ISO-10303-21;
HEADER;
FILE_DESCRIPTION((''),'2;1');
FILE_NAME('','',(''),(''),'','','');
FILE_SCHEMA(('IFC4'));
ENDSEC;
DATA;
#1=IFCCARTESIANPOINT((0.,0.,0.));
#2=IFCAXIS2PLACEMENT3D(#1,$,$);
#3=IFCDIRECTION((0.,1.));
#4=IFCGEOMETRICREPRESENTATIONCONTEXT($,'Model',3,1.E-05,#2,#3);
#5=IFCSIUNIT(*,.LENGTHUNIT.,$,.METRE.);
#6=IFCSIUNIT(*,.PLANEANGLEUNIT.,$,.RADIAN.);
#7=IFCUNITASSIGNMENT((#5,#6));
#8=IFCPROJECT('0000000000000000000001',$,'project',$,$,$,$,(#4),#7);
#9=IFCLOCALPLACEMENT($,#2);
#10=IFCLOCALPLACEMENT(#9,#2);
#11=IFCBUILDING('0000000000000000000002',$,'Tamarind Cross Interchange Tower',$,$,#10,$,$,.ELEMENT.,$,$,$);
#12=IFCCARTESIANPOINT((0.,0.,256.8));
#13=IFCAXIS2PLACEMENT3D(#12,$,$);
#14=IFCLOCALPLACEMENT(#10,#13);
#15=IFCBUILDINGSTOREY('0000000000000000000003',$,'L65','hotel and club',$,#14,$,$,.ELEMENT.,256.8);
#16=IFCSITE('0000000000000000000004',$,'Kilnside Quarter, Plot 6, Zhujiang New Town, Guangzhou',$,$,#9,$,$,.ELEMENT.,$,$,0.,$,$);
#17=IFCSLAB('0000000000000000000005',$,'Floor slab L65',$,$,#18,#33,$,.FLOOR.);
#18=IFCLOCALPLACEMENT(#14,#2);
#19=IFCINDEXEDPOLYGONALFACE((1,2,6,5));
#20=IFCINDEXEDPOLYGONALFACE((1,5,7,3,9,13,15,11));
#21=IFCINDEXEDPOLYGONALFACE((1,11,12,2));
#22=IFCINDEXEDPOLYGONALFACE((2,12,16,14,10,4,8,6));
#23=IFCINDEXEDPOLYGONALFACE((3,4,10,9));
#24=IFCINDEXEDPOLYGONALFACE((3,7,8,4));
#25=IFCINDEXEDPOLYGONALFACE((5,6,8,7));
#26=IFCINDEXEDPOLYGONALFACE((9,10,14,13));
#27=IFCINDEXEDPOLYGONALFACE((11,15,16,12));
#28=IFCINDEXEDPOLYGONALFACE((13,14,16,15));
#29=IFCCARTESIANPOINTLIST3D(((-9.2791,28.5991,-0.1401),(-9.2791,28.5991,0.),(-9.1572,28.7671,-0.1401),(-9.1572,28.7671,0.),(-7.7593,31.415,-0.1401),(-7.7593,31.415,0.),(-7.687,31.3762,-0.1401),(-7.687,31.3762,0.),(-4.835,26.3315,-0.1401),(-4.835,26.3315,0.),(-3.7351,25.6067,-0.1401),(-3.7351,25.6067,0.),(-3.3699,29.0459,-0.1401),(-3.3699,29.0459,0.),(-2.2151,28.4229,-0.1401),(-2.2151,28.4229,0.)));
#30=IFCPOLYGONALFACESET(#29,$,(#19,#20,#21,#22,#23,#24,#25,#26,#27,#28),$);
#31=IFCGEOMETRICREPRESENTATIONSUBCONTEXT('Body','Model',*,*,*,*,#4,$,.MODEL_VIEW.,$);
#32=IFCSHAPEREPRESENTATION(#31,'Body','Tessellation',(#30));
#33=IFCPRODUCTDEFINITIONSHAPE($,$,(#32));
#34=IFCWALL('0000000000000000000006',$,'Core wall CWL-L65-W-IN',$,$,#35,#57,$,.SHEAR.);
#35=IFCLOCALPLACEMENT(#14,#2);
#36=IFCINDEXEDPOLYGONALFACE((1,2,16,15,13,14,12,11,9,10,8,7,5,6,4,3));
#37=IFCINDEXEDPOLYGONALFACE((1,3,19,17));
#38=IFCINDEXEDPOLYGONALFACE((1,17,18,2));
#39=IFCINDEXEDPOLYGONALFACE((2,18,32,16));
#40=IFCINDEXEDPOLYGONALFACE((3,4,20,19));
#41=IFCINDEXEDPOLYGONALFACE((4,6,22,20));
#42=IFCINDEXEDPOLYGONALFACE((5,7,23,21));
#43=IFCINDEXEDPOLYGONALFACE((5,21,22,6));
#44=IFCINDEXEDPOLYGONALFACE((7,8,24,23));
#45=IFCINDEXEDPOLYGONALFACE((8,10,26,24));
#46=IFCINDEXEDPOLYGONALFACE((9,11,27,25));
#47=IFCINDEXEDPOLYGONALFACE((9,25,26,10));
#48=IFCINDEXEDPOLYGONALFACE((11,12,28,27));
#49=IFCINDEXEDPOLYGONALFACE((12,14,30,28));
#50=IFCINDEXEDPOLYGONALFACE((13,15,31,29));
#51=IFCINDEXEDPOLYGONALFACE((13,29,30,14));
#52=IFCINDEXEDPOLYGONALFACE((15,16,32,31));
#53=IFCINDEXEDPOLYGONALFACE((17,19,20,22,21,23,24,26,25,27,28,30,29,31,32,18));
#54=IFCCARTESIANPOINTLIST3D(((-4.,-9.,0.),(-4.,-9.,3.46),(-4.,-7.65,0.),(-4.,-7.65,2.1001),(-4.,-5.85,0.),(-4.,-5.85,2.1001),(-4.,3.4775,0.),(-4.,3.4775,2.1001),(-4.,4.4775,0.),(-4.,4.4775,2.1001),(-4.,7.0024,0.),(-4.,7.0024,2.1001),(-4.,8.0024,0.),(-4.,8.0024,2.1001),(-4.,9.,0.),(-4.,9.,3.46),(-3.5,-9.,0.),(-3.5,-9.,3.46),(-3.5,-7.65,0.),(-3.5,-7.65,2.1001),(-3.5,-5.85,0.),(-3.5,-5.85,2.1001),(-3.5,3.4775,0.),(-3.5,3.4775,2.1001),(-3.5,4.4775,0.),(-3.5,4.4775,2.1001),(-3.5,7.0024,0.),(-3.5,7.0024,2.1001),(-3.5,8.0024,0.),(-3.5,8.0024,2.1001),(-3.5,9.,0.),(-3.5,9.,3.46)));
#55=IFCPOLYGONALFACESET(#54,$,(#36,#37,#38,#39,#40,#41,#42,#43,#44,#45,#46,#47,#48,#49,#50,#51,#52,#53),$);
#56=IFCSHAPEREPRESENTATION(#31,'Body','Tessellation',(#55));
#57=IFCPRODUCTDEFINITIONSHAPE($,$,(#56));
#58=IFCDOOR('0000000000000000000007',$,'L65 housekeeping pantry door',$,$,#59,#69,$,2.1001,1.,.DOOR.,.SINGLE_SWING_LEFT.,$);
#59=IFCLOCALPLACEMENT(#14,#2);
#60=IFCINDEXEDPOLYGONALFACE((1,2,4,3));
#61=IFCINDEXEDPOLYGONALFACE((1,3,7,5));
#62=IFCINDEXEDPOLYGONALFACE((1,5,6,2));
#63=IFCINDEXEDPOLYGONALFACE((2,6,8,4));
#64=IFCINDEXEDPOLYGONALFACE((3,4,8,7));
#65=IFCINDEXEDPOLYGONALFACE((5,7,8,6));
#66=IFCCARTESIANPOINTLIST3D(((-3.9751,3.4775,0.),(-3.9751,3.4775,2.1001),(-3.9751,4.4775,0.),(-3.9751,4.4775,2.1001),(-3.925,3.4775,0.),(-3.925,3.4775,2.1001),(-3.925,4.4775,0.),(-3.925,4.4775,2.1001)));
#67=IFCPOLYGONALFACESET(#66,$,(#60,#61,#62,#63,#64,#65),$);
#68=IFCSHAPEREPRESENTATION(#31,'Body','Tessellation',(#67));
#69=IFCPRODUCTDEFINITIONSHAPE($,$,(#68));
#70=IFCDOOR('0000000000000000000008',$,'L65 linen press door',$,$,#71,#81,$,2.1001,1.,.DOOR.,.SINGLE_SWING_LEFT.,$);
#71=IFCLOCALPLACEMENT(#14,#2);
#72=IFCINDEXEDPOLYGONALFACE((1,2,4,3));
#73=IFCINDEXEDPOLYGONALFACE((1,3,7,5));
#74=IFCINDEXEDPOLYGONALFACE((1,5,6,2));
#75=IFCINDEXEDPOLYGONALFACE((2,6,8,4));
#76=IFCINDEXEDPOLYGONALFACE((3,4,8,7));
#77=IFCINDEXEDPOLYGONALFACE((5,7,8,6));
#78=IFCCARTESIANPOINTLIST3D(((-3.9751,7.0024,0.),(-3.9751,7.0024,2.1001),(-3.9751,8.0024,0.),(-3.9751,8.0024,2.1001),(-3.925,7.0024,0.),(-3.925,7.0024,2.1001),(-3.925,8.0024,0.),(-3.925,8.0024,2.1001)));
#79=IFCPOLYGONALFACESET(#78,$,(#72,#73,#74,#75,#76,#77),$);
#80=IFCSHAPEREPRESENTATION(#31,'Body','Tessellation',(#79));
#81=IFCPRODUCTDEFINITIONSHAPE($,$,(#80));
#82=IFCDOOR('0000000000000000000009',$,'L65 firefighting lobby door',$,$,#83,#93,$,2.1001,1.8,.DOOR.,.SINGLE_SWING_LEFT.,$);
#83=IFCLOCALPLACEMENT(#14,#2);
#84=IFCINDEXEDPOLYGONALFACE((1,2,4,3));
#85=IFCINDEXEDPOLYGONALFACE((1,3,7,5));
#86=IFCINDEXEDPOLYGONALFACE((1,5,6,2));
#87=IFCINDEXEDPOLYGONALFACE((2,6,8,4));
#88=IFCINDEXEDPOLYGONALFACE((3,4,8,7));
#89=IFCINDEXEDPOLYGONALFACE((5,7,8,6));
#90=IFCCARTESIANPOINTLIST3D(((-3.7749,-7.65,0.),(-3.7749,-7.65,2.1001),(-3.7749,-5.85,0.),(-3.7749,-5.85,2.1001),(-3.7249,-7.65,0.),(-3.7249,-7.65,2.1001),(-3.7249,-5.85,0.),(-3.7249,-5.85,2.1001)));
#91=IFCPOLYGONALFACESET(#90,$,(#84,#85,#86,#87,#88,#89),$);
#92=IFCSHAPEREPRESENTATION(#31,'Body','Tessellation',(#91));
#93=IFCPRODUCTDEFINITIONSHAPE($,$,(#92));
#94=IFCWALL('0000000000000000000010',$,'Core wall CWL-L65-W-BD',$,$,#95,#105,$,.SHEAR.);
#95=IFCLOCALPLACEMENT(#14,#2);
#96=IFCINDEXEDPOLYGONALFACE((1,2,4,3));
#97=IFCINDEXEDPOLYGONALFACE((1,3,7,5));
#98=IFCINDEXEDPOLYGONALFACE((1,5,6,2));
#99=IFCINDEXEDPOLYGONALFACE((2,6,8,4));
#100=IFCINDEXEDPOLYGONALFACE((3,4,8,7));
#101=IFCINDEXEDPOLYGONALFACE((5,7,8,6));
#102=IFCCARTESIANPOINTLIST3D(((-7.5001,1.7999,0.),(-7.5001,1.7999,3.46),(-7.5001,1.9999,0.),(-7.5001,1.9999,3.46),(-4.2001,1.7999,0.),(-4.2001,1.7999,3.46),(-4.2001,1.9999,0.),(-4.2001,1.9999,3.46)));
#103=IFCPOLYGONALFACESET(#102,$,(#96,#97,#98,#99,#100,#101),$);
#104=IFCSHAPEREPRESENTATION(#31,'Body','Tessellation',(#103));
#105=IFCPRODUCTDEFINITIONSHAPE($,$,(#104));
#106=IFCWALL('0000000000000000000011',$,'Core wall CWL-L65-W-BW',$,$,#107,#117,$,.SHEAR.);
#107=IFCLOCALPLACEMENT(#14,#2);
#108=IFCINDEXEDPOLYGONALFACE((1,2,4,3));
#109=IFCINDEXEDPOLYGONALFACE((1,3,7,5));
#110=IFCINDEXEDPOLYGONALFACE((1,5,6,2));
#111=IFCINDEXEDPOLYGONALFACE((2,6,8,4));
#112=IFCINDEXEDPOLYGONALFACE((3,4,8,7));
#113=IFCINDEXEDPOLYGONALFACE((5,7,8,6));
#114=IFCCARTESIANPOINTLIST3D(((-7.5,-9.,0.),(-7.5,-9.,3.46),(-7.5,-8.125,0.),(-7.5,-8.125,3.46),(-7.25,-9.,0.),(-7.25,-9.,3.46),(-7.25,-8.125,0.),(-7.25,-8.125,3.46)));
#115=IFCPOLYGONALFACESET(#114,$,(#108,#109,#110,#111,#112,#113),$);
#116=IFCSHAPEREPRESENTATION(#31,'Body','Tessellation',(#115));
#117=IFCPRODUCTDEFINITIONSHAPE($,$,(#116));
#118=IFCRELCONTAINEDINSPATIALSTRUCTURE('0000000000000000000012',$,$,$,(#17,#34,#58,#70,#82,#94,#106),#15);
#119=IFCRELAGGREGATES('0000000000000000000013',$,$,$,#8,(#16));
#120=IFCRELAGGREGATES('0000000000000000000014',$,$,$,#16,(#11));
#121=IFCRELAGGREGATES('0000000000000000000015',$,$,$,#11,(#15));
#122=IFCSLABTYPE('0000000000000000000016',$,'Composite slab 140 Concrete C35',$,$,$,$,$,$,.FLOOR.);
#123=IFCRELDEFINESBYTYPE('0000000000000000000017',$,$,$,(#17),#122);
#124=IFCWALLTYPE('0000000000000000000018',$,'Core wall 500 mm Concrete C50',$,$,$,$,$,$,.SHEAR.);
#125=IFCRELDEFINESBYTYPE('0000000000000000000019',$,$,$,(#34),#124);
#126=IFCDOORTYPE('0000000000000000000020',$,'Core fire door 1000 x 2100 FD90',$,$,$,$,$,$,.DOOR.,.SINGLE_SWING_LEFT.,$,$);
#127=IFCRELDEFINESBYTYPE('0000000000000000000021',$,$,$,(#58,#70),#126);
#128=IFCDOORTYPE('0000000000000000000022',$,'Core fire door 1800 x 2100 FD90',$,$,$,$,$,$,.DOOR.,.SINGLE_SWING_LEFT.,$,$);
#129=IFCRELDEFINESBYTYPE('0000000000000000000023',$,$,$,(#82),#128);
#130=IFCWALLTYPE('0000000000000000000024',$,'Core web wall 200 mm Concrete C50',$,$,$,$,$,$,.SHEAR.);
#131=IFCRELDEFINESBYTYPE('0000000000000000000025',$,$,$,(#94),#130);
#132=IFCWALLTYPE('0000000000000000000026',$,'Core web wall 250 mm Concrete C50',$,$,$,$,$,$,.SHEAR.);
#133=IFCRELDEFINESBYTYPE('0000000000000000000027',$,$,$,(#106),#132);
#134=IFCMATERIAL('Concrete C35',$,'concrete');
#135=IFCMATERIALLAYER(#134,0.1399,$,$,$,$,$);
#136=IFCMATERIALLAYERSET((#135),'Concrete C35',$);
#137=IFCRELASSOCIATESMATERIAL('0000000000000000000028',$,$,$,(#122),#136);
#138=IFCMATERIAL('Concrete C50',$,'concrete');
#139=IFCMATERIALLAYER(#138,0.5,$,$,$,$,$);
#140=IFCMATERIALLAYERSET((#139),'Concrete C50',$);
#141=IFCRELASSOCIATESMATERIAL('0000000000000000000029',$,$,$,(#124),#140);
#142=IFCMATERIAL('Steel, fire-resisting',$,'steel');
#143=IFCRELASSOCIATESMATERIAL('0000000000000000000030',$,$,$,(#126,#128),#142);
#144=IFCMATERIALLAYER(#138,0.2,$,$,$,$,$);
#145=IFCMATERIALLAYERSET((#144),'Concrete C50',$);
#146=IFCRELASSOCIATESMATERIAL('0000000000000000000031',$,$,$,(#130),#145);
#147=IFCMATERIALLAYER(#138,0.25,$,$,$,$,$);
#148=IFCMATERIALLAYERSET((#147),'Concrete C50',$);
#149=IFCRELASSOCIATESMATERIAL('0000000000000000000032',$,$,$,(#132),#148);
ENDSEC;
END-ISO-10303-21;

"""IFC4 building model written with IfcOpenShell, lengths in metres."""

from ifc_helpers import new_model, si_unit, direction, frame, frame_2d, origin, place, context, subcontext, project, spatial, polyline, rectangle, outline, extrude, material, layer, layer_set, type_object, element, fill, save


model = new_model("IFC4")

# Units and contexts
model_context = context("Model", 3, precision=1e-05, world=origin(), true_north=direction((0.0, 1.0)))
body_context = subcontext(model_context, "Body", "Model", "MODEL_VIEW")
ifc_project = project(units=[si_unit("LENGTHUNIT", "METRE"), si_unit("PLANEANGLEUNIT", "RADIAN")], contexts=[model_context])

# Site, building, storey
site_placement = place(None, origin())
site = spatial("IfcSite", under=ifc_project, at=site_placement, Name="Kilnside Quarter, Plot 6, Zhujiang New Town, Guangzhou", CompositionType="ELEMENT", RefElevation=0.0)
building_placement = place(site_placement, origin())
building = spatial("IfcBuilding", under=site, at=building_placement, Name="Tamarind Cross Interchange Tower", CompositionType="ELEMENT")
storey_placement = place(building_placement, frame((0.0, 0.0, 256.8)))
storey = spatial("IfcBuildingStorey", under=building, at=storey_placement, Name="L65", Description="hotel and club", CompositionType="ELEMENT", Elevation=256.8)

# Slab
ifc_material_1 = material(Name="Concrete C35", Category="concrete")
ifc_layer_1 = layer(ifc_material_1, 0.1399)
ifc_layer_set_1 = layer_set([ifc_layer_1], Name="Concrete C35")
slab_type = type_object("IfcSlabType", Name="Composite slab 140 Concrete C35", PredefinedType="FLOOR", material=ifc_layer_set_1)
slab_1_placement = place(storey_placement, frame((0.0, 0.0, -0.1401)))
element("IfcSlab", 1, at=slab_1_placement, inside=storey, type_object=slab_type, Name="Floor slab L65", PredefinedType="FLOOR", context=body_context, shape_type="SweptSolid", body=[
    extrude(outline(polyline([(-3.7351, 25.6067), (-2.2151, 28.4229), (-3.3699, 29.0459), (-4.835, 26.3315), (-9.1572, 28.7671), (-7.687, 31.3762), (-7.7593, 31.415), (-9.2791, 28.5991), (-3.7351, 25.6067)])), origin(), (0.0, 0.0, 1.0), 0.1401),
])

# Wall, openings, doors
ifc_material_2 = material(Name="Concrete C50", Category="concrete")
ifc_layer_2 = layer(ifc_material_2, 0.5)
ifc_layer_set_2 = layer_set([ifc_layer_2], Name="Concrete C50")
wall_type_1 = type_object("IfcWallType", Name="Core wall 500 mm Concrete C50", PredefinedType="SHEAR", material=ifc_layer_set_2)
wall_1_placement = place(storey_placement, frame((-3.75, -9.0, 0.0), z_axis=(0.0, 0.0, 1.0), x_axis=(0.0, 1.0, 0.0)))
wall_1 = element("IfcWall", 2, at=wall_1_placement, inside=storey, type_object=wall_type_1, Name="Core wall CWL-L65-W-IN", PredefinedType="SHEAR", context=body_context, shape_type="SweptSolid", body=[
    extrude(rectangle(XDim=18.0, YDim=0.5, at=frame_2d((9.0, 0.0))), origin(), (0.0, 0.0, 1.0), 3.46),
])
opening_1_placement = place(wall_1_placement, frame((1.3501, 0.0, 0.0)))
opening_1 = element("IfcOpeningElement", 3, at=opening_1_placement, cuts=wall_1, PredefinedType="OPENING", context=body_context, shape_type="SweptSolid", body=[
    extrude(rectangle(XDim=1.8, YDim=2.1001, at=frame_2d((0.8999, 1.05))), frame((0.0, 0.26, 0.0), z_axis=(0.0, -1.0, 0.0), x_axis=(1.0, 0.0, 0.0)), (0.0, 0.0, 1.0), 0.52),
])
opening_2_placement = place(wall_1_placement, frame((12.4775, 0.0, 0.0)))
opening_2 = element("IfcOpeningElement", 4, at=opening_2_placement, cuts=wall_1, PredefinedType="OPENING", context=body_context, shape_type="SweptSolid", body=[
    extrude(rectangle(XDim=1.0, YDim=2.1001, at=frame_2d((0.5, 1.05))), frame((0.0, 0.26, 0.0), z_axis=(0.0, -1.0, 0.0), x_axis=(1.0, 0.0, 0.0)), (0.0, 0.0, 1.0), 0.52),
])
opening_3_placement = place(wall_1_placement, frame((16.0024, 0.0, 0.0)))
opening_3 = element("IfcOpeningElement", 5, at=opening_3_placement, cuts=wall_1, PredefinedType="OPENING", context=body_context, shape_type="SweptSolid", body=[
    extrude(rectangle(XDim=1.0, YDim=2.1001, at=frame_2d((0.5, 1.05))), frame((0.0, 0.26, 0.0), z_axis=(0.0, -1.0, 0.0), x_axis=(1.0, 0.0, 0.0)), (0.0, 0.0, 1.0), 0.52),
])
ifc_material_3 = material(Name="Steel, fire-resisting", Category="steel")
door_type_1 = type_object("IfcDoorType", Name="Core fire door 1000 x 2100 FD90", OperationType="SINGLE_SWING_LEFT", PredefinedType="DOOR", material=ifc_material_3)
door_1_placement = place(opening_2_placement, origin())
door_1 = element("IfcDoor", 6, at=door_1_placement, inside=storey, type_object=door_type_1, Name="L65 housekeeping pantry door", OperationType="SINGLE_SWING_LEFT", OverallHeight=2.1001, OverallWidth=1.0, PredefinedType="DOOR", context=body_context, shape_type="SweptSolid", body=[
    extrude(rectangle(XDim=1.0, YDim=2.1001, at=frame_2d((0.5, 1.05))), frame((0.0, 0.2251, 0.0), z_axis=(0.0, -1.0, 0.0), x_axis=(1.0, 0.0, 0.0)), (0.0, 0.0, 1.0), 0.05),
])
fill(opening_2, door_1)
door_2_placement = place(opening_3_placement, origin())
door_2 = element("IfcDoor", 7, at=door_2_placement, inside=storey, type_object=door_type_1, Name="L65 linen press door", OperationType="SINGLE_SWING_LEFT", OverallHeight=2.1001, OverallWidth=1.0, PredefinedType="DOOR", context=body_context, shape_type="SweptSolid", body=[
    extrude(rectangle(XDim=1.0, YDim=2.1001, at=frame_2d((0.5, 1.05))), frame((0.0, 0.2251, 0.0), z_axis=(0.0, -1.0, 0.0), x_axis=(1.0, 0.0, 0.0)), (0.0, 0.0, 1.0), 0.05),
])
fill(opening_3, door_2)
door_type_2 = type_object("IfcDoorType", Name="Core fire door 1800 x 2100 FD90", OperationType="SINGLE_SWING_LEFT", PredefinedType="DOOR", material=ifc_material_3)
door_3_placement = place(opening_1_placement, origin())
door_3 = element("IfcDoor", 8, at=door_3_placement, inside=storey, type_object=door_type_2, Name="L65 firefighting lobby door", OperationType="SINGLE_SWING_LEFT", OverallHeight=2.1001, OverallWidth=1.8, PredefinedType="DOOR", context=body_context, shape_type="SweptSolid", body=[
    extrude(rectangle(XDim=1.8, YDim=2.1001, at=frame_2d((0.8999, 1.05))), frame((0.0, 0.0249, 0.0), z_axis=(0.0, -1.0, 0.0), x_axis=(1.0, 0.0, 0.0)), (0.0, 0.0, 1.0), 0.05),
])
fill(opening_1, door_3)

# Walls
ifc_layer_3 = layer(ifc_material_2, 0.2)
ifc_layer_set_3 = layer_set([ifc_layer_3], Name="Concrete C50")
wall_type_2 = type_object("IfcWallType", Name="Core web wall 200 mm Concrete C50", PredefinedType="SHEAR", material=ifc_layer_set_3)
wall_2_placement = place(storey_placement, frame((-7.5, 1.8999, 0.0), z_axis=(0.0, 0.0, 1.0), x_axis=(1.0, 0.0, 0.0)))
element("IfcWall", 9, at=wall_2_placement, inside=storey, type_object=wall_type_2, Name="Core wall CWL-L65-W-BD", PredefinedType="SHEAR", context=body_context, shape_type="SweptSolid", body=[
    extrude(rectangle(XDim=3.3, YDim=0.2, at=frame_2d((1.6499, 0.0))), origin(), (0.0, 0.0, 1.0), 3.46),
])
ifc_layer_4 = layer(ifc_material_2, 0.25)
ifc_layer_set_4 = layer_set([ifc_layer_4], Name="Concrete C50")
wall_type_3 = type_object("IfcWallType", Name="Core web wall 250 mm Concrete C50", PredefinedType="SHEAR", material=ifc_layer_set_4)
wall_3_placement = place(storey_placement, frame((-7.375, -9.0, 0.0), z_axis=(0.0, 0.0, 1.0), x_axis=(0.0, 1.0, 0.0)))
element("IfcWall", 10, at=wall_3_placement, inside=storey, type_object=wall_type_3, Name="Core wall CWL-L65-W-BW", PredefinedType="SHEAR", context=body_context, shape_type="SweptSolid", body=[
    extrude(rectangle(XDim=0.875, YDim=0.25, at=frame_2d((0.4375, 0.0))), origin(), (0.0, 0.0, 1.0), 3.46),
])

save(model, "model.ifc")
